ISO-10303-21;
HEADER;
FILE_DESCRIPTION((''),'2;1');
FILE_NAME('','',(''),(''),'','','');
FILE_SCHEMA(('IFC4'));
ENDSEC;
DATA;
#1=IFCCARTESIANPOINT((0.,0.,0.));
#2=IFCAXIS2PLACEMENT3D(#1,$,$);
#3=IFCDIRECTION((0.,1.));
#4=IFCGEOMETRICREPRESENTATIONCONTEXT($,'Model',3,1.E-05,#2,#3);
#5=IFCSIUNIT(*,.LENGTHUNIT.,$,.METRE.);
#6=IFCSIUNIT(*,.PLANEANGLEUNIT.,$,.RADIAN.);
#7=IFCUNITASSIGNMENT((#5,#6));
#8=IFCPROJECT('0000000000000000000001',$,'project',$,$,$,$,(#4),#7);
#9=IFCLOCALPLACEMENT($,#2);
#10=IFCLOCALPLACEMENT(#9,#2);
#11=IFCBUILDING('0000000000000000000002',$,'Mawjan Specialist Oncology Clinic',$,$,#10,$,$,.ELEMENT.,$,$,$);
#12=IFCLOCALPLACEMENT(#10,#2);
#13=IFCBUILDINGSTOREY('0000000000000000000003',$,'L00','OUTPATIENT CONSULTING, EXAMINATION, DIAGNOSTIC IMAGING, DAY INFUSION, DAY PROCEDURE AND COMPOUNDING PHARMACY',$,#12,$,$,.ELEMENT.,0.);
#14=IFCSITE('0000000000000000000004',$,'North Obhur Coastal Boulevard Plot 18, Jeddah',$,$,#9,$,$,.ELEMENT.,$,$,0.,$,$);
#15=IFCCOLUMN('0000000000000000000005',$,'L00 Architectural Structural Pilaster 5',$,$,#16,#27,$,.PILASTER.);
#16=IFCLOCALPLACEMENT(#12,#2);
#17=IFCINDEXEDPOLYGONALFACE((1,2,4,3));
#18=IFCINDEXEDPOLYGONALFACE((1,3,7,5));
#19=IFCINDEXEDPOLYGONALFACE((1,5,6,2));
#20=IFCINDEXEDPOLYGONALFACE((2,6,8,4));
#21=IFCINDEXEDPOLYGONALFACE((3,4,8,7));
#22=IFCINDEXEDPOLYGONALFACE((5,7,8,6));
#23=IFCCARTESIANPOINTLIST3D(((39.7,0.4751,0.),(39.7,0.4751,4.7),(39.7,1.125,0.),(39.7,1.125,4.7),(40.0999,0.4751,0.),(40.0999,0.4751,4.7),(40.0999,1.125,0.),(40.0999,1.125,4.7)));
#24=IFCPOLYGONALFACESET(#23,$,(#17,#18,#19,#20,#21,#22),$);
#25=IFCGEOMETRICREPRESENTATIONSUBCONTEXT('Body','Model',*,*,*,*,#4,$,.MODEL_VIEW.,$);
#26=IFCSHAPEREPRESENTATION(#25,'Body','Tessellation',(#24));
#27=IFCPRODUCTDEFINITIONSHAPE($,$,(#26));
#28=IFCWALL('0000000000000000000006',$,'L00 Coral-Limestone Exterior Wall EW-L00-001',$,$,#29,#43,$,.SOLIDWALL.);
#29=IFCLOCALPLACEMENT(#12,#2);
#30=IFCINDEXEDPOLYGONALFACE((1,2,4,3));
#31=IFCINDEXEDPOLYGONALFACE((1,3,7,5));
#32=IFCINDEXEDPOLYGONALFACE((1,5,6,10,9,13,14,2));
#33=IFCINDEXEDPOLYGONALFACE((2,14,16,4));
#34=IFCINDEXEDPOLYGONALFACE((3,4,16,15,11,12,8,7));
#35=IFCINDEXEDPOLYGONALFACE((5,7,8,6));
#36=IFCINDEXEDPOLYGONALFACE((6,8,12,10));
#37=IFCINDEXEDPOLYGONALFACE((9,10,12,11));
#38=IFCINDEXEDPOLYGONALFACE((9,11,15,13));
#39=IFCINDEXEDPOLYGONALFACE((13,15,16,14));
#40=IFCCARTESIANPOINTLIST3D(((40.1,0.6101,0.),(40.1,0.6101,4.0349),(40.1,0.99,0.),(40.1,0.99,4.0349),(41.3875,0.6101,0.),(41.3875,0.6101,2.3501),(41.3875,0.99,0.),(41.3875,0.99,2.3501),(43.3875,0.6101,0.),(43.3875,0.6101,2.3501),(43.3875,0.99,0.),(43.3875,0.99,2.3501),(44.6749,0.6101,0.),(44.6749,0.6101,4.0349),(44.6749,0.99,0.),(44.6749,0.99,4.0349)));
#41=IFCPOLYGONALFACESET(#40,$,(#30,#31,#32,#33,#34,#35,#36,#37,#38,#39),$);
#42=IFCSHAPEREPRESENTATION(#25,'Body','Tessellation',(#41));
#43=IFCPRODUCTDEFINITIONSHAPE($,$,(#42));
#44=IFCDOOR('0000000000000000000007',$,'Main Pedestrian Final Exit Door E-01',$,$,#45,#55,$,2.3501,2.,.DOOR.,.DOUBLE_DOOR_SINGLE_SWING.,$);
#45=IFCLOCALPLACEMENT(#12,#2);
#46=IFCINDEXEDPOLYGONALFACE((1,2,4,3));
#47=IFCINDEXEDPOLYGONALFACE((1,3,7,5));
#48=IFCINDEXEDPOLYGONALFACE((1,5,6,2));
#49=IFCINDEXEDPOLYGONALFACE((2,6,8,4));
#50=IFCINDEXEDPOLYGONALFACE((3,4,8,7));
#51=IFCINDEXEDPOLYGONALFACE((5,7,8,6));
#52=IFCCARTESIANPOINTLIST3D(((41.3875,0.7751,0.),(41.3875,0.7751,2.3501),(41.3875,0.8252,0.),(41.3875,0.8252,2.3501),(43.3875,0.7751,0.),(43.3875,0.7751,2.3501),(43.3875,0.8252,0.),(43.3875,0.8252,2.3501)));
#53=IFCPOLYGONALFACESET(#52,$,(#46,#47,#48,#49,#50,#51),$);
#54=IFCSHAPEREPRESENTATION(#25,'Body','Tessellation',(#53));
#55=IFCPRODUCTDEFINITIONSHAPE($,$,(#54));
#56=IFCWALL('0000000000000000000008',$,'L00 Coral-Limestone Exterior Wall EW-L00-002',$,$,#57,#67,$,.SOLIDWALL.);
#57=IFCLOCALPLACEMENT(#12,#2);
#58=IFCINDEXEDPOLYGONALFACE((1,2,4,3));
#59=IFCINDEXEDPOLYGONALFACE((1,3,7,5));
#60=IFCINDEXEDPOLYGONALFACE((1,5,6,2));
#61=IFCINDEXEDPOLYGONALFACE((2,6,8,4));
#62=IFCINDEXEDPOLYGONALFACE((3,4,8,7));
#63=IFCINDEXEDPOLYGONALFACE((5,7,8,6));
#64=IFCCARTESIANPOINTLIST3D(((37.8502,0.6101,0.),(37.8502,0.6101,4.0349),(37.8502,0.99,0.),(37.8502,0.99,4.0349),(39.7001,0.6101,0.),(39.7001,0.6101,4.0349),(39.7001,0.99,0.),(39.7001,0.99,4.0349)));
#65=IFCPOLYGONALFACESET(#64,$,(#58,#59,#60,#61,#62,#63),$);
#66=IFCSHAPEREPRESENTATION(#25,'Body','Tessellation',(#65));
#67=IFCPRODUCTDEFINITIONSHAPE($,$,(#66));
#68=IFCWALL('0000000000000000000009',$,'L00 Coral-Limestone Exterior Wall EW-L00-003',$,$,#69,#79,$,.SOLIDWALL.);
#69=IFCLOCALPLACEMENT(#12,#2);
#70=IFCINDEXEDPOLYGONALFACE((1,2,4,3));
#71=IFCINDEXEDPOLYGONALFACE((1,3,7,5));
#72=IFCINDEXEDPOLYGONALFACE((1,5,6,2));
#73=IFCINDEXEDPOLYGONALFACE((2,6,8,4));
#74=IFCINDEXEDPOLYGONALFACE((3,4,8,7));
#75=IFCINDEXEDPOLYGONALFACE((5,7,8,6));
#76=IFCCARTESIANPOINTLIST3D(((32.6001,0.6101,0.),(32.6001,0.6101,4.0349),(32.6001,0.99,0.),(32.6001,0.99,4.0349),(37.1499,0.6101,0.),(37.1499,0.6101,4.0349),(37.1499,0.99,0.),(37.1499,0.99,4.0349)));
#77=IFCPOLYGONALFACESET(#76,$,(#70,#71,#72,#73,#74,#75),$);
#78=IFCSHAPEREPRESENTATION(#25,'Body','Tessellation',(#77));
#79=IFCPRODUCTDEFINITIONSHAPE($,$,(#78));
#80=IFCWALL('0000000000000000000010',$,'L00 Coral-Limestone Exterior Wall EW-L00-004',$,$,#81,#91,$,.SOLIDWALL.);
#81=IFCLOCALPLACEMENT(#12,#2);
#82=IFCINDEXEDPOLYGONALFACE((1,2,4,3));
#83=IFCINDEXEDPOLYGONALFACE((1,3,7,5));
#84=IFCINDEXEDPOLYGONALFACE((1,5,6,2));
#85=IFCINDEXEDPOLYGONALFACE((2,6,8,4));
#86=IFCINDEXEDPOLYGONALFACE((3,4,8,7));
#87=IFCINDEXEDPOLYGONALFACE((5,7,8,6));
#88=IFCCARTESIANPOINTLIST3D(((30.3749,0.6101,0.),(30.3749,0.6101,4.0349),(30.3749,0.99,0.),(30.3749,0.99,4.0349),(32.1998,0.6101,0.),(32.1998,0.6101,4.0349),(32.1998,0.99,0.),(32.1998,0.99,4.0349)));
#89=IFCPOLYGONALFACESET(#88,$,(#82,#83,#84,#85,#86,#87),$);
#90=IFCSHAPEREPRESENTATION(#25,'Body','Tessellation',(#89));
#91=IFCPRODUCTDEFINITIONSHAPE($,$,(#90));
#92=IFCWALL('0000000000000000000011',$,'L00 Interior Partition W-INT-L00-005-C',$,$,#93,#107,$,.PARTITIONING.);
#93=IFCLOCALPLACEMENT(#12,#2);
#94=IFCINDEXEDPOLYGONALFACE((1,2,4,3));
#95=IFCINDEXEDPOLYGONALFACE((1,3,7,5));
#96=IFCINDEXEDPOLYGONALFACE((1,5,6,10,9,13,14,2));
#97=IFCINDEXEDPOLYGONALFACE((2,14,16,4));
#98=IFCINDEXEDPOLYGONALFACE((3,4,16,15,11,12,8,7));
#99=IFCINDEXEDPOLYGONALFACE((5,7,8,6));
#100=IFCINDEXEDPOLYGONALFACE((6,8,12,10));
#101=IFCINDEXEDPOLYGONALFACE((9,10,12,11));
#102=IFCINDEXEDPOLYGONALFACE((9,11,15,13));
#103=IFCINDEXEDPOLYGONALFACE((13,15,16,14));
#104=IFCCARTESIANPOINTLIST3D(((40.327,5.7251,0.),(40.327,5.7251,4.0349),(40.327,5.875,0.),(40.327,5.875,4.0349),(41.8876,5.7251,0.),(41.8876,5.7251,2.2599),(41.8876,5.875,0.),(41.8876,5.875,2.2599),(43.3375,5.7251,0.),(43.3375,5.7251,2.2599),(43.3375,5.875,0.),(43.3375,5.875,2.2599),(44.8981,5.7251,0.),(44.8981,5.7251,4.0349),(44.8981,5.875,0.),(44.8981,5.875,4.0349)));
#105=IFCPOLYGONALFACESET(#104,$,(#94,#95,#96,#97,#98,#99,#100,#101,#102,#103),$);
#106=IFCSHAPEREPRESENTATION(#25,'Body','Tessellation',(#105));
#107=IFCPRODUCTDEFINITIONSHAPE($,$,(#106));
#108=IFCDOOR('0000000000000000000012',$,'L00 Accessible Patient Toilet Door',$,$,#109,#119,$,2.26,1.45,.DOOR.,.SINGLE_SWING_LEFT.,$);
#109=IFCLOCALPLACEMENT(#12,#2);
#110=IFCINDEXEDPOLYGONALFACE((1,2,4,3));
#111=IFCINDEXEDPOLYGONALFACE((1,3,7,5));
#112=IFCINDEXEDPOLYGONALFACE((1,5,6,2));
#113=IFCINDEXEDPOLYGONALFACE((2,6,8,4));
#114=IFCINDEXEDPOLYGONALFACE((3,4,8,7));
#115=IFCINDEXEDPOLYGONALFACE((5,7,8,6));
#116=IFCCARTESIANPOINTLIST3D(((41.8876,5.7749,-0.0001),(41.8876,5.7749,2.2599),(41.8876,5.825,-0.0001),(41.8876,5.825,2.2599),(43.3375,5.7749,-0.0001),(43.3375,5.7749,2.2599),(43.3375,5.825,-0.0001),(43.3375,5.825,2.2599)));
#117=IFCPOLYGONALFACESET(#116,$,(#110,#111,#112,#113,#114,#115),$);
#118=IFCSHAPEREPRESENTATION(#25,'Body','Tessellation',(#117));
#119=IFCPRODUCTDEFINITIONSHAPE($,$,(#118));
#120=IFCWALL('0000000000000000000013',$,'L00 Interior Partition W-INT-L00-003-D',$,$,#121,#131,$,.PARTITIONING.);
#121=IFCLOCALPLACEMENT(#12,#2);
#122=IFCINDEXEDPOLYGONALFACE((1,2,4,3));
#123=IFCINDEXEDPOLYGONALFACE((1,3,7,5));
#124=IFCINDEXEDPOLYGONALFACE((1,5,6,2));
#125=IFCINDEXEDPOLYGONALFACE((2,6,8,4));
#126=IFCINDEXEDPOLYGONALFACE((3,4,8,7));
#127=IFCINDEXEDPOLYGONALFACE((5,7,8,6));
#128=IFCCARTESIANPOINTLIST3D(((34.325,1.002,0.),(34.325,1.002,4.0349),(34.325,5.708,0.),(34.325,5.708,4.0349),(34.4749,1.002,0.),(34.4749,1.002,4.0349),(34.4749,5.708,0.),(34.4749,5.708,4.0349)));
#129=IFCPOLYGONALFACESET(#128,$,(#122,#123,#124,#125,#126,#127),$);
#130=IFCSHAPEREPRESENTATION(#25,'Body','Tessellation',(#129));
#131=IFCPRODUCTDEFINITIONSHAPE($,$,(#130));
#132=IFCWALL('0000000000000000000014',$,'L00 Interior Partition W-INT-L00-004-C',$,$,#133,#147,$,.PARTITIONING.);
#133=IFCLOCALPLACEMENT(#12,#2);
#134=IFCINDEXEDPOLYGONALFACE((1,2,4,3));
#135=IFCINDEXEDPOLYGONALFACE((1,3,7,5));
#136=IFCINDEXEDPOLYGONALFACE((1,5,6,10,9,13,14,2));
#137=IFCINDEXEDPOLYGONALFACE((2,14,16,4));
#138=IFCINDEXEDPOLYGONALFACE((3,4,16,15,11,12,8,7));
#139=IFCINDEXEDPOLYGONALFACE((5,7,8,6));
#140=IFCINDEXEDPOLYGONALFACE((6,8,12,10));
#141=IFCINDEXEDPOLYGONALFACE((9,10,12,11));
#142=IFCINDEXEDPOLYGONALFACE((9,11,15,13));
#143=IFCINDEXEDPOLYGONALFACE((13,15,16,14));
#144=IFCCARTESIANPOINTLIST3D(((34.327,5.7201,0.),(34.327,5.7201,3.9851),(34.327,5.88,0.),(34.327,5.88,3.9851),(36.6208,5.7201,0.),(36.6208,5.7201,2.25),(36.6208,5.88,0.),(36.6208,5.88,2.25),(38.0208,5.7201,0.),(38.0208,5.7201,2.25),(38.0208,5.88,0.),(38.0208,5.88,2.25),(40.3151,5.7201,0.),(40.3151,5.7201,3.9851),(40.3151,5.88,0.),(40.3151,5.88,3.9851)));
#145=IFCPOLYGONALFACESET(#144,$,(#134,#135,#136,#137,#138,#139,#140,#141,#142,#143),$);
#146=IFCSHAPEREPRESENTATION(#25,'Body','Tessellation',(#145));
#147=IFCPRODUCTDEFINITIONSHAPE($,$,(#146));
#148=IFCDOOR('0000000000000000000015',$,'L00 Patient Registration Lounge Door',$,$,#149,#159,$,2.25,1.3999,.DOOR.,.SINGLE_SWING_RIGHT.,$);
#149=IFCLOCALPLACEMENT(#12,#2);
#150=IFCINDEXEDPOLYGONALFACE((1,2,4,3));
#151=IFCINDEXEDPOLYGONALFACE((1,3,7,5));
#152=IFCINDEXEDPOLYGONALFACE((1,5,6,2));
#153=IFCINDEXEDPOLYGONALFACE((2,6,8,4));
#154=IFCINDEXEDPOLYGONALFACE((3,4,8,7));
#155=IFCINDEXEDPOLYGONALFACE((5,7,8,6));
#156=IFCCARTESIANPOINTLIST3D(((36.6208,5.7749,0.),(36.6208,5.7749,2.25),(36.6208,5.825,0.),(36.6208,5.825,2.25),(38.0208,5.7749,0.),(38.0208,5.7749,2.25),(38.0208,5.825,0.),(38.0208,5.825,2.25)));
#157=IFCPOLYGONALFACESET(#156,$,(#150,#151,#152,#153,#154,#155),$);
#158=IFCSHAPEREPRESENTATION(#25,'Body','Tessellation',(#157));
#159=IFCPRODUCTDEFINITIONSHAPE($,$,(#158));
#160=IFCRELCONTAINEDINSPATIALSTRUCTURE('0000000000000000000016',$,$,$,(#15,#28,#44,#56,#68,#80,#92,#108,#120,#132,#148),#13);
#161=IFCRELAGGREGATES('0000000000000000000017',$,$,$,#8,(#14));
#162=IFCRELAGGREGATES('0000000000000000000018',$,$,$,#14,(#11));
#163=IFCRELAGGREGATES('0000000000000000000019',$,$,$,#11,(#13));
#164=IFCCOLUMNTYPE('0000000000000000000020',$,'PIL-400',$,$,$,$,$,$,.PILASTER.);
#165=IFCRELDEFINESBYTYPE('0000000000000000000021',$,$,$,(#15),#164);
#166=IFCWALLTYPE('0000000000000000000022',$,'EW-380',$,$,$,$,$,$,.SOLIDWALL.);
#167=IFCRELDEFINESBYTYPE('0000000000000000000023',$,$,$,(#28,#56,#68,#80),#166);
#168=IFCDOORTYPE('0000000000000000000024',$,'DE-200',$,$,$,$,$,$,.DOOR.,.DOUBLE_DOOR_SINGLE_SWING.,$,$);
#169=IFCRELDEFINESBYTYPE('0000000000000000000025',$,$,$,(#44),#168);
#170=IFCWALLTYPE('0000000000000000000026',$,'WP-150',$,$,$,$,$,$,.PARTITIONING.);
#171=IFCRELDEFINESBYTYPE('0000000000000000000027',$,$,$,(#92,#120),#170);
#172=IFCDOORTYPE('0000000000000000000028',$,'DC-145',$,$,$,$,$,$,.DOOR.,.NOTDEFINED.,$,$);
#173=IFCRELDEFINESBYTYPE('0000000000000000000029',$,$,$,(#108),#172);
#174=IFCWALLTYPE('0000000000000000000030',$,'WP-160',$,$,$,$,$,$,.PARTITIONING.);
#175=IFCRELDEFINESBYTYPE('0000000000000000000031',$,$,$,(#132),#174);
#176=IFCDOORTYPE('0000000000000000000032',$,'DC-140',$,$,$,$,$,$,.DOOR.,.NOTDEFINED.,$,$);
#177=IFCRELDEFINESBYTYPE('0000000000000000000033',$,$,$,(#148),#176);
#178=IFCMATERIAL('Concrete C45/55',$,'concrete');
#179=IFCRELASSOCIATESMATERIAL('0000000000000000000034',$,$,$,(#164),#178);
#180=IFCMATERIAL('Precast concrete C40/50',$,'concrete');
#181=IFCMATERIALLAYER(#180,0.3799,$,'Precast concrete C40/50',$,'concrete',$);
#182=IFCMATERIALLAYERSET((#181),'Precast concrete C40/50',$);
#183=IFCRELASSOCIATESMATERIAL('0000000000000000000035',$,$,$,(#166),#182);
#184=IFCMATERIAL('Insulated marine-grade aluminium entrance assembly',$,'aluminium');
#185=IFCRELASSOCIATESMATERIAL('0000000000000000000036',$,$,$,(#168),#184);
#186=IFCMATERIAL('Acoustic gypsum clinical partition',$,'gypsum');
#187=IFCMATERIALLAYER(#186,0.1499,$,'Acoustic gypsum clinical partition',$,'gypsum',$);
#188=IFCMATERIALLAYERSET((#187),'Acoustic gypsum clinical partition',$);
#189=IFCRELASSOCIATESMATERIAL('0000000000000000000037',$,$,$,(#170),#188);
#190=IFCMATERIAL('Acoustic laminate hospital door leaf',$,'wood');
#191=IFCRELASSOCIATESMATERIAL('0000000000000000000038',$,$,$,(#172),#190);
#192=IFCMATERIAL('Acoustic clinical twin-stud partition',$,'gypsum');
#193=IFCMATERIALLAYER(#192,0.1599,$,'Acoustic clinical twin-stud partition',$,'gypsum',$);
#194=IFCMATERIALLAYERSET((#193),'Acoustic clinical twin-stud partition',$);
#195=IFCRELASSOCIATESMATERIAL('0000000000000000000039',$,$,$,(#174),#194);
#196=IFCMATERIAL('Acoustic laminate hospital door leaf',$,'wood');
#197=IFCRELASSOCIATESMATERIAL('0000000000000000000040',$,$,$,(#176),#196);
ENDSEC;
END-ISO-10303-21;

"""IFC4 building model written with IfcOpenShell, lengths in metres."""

from ifc_helpers import new_model, si_unit, direction, frame, frame_2d, origin, origin_2d, place, context, subcontext, project, spatial, rectangle, extrude, material, layer, layer_set, material_profile, profile_set, type_object, element, fill, save


model = new_model("IFC4")

# Units and contexts
model_context = context("Model", 3, precision=1e-05, world=origin(), true_north=direction((0.0, 1.0)))
body_context = subcontext(model_context, "Body", "Model", "MODEL_VIEW")
ifc_project = project(units=[si_unit("LENGTHUNIT", "METRE"), si_unit("PLANEANGLEUNIT", "RADIAN")], contexts=[model_context])

# Site, building, storey
site_placement = place(None, origin())
site = spatial("IfcSite", under=ifc_project, at=site_placement, Name="North Obhur Coastal Boulevard Plot 18, Jeddah", CompositionType="ELEMENT", RefElevation=0.0)
building_placement = place(site_placement, origin())
building = spatial("IfcBuilding", under=site, at=building_placement, Name="Mawjan Specialist Oncology Clinic", CompositionType="ELEMENT")
storey_placement = place(building_placement, origin())
storey = spatial("IfcBuildingStorey", under=building, at=storey_placement, Name="L00", Description="OUTPATIENT CONSULTING, EXAMINATION, DIAGNOSTIC IMAGING, DAY INFUSION, DAY PROCEDURE AND COMPOUNDING PHARMACY", CompositionType="ELEMENT", Elevation=0.0)

# Column
ifc_material_1 = material(Name="Concrete C45/55", Category="concrete")
ifc_material_profile_1 = material_profile(ifc_material_1, rectangle(XDim=0.3999, YDim=0.6499, at=origin_2d()), Name="RC PIL 400x650", Category="concrete")
ifc_profile_set_1 = profile_set([ifc_material_profile_1], Name="Concrete C45/55")
column_type_1 = type_object("IfcColumnType", Name="PIL-400", PredefinedType="PILASTER", material=ifc_profile_set_1)
for number, where, z_axis, x_axis, name in (
    (1, (39.8999, 0.8, 0.0), (0.0, 0.0, 1.0), (1.0, 0.0, 0.0), "L00 Architectural Structural Pilaster 5"),
):
    element("IfcColumn", number, at=place(storey_placement, frame(where, z_axis=z_axis, x_axis=x_axis)), inside=storey, type_object=column_type_1, Name=name, PredefinedType="PILASTER", context=body_context, shape_type="SweptSolid", body=[
        extrude(rectangle(XDim=0.3999, YDim=0.6499, at=origin_2d()), origin(), (0.0, 0.0, 1.0), 4.7),
    ])

# Wall, opening, door
ifc_material_2 = material(Name="Precast concrete C40/50", Category="concrete")
ifc_layer_1 = layer(ifc_material_2, 0.3799, Name="Precast concrete C40/50", Category="concrete")
ifc_layer_set_1 = layer_set([ifc_layer_1], Name="Precast concrete C40/50")
wall_type_1 = type_object("IfcWallType", Name="EW-380", PredefinedType="SOLIDWALL", material=ifc_layer_set_1)
wall_1_placement = place(storey_placement, frame((44.675, 0.8, 0.0), z_axis=(0.0, 0.0, 1.0), x_axis=(-1.0, 0.0, 0.0)))
wall_1 = element("IfcWall", 2, at=wall_1_placement, inside=storey, type_object=wall_type_1, Name="L00 Coral-Limestone Exterior Wall EW-L00-001", PredefinedType="SOLIDWALL", context=body_context, shape_type="SweptSolid", body=[
    extrude(rectangle(XDim=4.575, YDim=0.3799, at=frame_2d((2.2876, 0.0))), origin(), (0.0, 0.0, 1.0), 4.0349),
])
opening_1_placement = place(wall_1_placement, frame((1.2876, 0.0, 0.0)))
opening_1 = element("IfcOpeningElement", 3, at=opening_1_placement, cuts=wall_1, PredefinedType="OPENING", context=body_context, shape_type="SweptSolid", body=[
    extrude(rectangle(XDim=2.0, YDim=2.3501, at=frame_2d((1.0, 1.175))), frame((0.0, 0.2019, 0.0), z_axis=(0.0, -1.0, 0.0), x_axis=(1.0, 0.0, 0.0)), (0.0, 0.0, 1.0), 0.4038),
])
ifc_material_3 = material(Name="Insulated marine-grade aluminium entrance assembly", Category="aluminium")
door_type_1 = type_object("IfcDoorType", Name="DE-200", OperationType="DOUBLE_DOOR_SINGLE_SWING", PredefinedType="DOOR", material=ifc_material_3)
door_1_placement = place(opening_1_placement, origin())
door_1 = element("IfcDoor", 4, at=door_1_placement, inside=storey, type_object=door_type_1, Name="Main Pedestrian Final Exit Door E-01", OperationType="DOUBLE_DOOR_SINGLE_SWING", OverallHeight=2.3501, OverallWidth=2.0, PredefinedType="DOOR", context=body_context, shape_type="SweptSolid", body=[
    extrude(rectangle(XDim=2.0, YDim=2.3501, at=frame_2d((1.0, 1.175))), frame((0.0, 0.0249, 0.0), z_axis=(0.0, -1.0, 0.0), x_axis=(1.0, 0.0, 0.0)), (0.0, 0.0, 1.0), 0.05),
])
fill(opening_1, door_1)

# Walls
wall_2_placement = place(storey_placement, frame((39.7, 0.8, 0.0), z_axis=(0.0, 0.0, 1.0), x_axis=(-1.0, 0.0, 0.0)))
element("IfcWall", 5, at=wall_2_placement, inside=storey, type_object=wall_type_1, Name="L00 Coral-Limestone Exterior Wall EW-L00-002", PredefinedType="SOLIDWALL", context=body_context, shape_type="SweptSolid", body=[
    extrude(rectangle(XDim=1.8499, YDim=0.3799, at=frame_2d((0.9248, 0.0))), origin(), (0.0, 0.0, 1.0), 4.0349),
])
wall_3_placement = place(storey_placement, frame((37.1499, 0.8, 0.0), z_axis=(0.0, 0.0, 1.0), x_axis=(-1.0, 0.0, 0.0)))
element("IfcWall", 6, at=wall_3_placement, inside=storey, type_object=wall_type_1, Name="L00 Coral-Limestone Exterior Wall EW-L00-003", PredefinedType="SOLIDWALL", context=body_context, shape_type="SweptSolid", body=[
    extrude(rectangle(XDim=4.5498, YDim=0.3799, at=frame_2d((2.2749, 0.0))), origin(), (0.0, 0.0, 1.0), 4.0349),
])
wall_4_placement = place(storey_placement, frame((32.2, 0.8, 0.0), z_axis=(0.0, 0.0, 1.0), x_axis=(-1.0, 0.0, 0.0)))
element("IfcWall", 7, at=wall_4_placement, inside=storey, type_object=wall_type_1, Name="L00 Coral-Limestone Exterior Wall EW-L00-004", PredefinedType="SOLIDWALL", context=body_context, shape_type="SweptSolid", body=[
    extrude(rectangle(XDim=1.825, YDim=0.3799, at=frame_2d((0.9126, 0.0))), origin(), (0.0, 0.0, 1.0), 4.0349),
])

# Wall, opening, door
ifc_material_4 = material(Name="Acoustic gypsum clinical partition", Category="gypsum")
ifc_layer_2 = layer(ifc_material_4, 0.1499, Name="Acoustic gypsum clinical partition", Category="gypsum")
ifc_layer_set_2 = layer_set([ifc_layer_2], Name="Acoustic gypsum clinical partition")
wall_type_2 = type_object("IfcWallType", Name="WP-150", PredefinedType="PARTITIONING", material=ifc_layer_set_2)
wall_5_placement = place(storey_placement, frame((40.3269, 5.8, 0.0), z_axis=(0.0, 0.0, 1.0), x_axis=(1.0, 0.0, 0.0)))
wall_5 = element("IfcWall", 8, at=wall_5_placement, inside=storey, type_object=wall_type_2, Name="L00 Interior Partition W-INT-L00-005-C", PredefinedType="PARTITIONING", context=body_context, shape_type="SweptSolid", body=[
    extrude(rectangle(XDim=4.571, YDim=0.1499, at=frame_2d((2.2856, 0.0))), origin(), (0.0, 0.0, 1.0), 4.0349),
])
opening_2_placement = place(wall_5_placement, frame((1.5605, 0.0, 0.0)))
opening_2 = element("IfcOpeningElement", 9, at=opening_2_placement, cuts=wall_5, PredefinedType="OPENING", context=body_context, shape_type="SweptSolid", body=[
    extrude(rectangle(XDim=1.45, YDim=2.26, at=frame_2d((0.7251, 1.1299))), frame((0.0, 0.0869, 0.0), z_axis=(0.0, -1.0, 0.0), x_axis=(1.0, 0.0, 0.0)), (0.0, 0.0, 1.0), 0.1738),
])
ifc_material_5 = material(Name="Acoustic laminate hospital door leaf", Category="wood")
door_type_2 = type_object("IfcDoorType", Name="DC-145", OperationType="NOTDEFINED", PredefinedType="DOOR", material=ifc_material_5)
door_2_placement = place(opening_2_placement, origin())
door_2 = element("IfcDoor", 10, at=door_2_placement, inside=storey, type_object=door_type_2, Name="L00 Accessible Patient Toilet Door", OperationType="SINGLE_SWING_LEFT", OverallHeight=2.26, OverallWidth=1.45, PredefinedType="DOOR", context=body_context, shape_type="SweptSolid", body=[
    extrude(rectangle(XDim=1.45, YDim=2.26, at=frame_2d((0.7251, 1.1299))), frame((0.0, 0.0249, 0.0), z_axis=(0.0, -1.0, 0.0), x_axis=(1.0, 0.0, 0.0)), (0.0, 0.0, 1.0), 0.05),
])
fill(opening_2, door_2)

# Wall
wall_6_placement = place(storey_placement, frame((34.3999, 1.002, 0.0), z_axis=(0.0, 0.0, 1.0), x_axis=(0.0, 1.0, 0.0)))
element("IfcWall", 11, at=wall_6_placement, inside=storey, type_object=wall_type_2, Name="L00 Interior Partition W-INT-L00-003-D", PredefinedType="PARTITIONING", context=body_context, shape_type="SweptSolid", body=[
    extrude(rectangle(XDim=4.7061, YDim=0.1499, at=frame_2d((2.353, 0.0))), origin(), (0.0, 0.0, 1.0), 4.0349),
])

# Wall, opening, door
ifc_material_6 = material(Name="Acoustic clinical twin-stud partition", Category="gypsum")
ifc_layer_3 = layer(ifc_material_6, 0.1599, Name="Acoustic clinical twin-stud partition", Category="gypsum")
ifc_layer_set_3 = layer_set([ifc_layer_3], Name="Acoustic clinical twin-stud partition")
wall_type_3 = type_object("IfcWallType", Name="WP-160", PredefinedType="PARTITIONING", material=ifc_layer_set_3)
wall_7_placement = place(storey_placement, frame((34.3269, 5.8, 0.0), z_axis=(0.0, 0.0, 1.0), x_axis=(1.0, 0.0, 0.0)))
wall_7 = element("IfcWall", 12, at=wall_7_placement, inside=storey, type_object=wall_type_3, Name="L00 Interior Partition W-INT-L00-004-C", PredefinedType="PARTITIONING", context=body_context, shape_type="SweptSolid", body=[
    extrude(rectangle(XDim=5.988, YDim=0.1599, at=frame_2d((2.9941, 0.0))), origin(), (0.0, 0.0, 1.0), 3.9851),
])
opening_3_placement = place(wall_7_placement, frame((2.2939, 0.0, 0.0)))
opening_3 = element("IfcOpeningElement", 13, at=opening_3_placement, cuts=wall_7, PredefinedType="OPENING", context=body_context, shape_type="SweptSolid", body=[
    extrude(rectangle(XDim=1.3999, YDim=2.25, at=frame_2d((0.7, 1.125))), frame((0.0, 0.092, 0.0), z_axis=(0.0, -1.0, 0.0), x_axis=(1.0, 0.0, 0.0)), (0.0, 0.0, 1.0), 0.1838),
])
ifc_material_7 = material(Name="Acoustic laminate hospital door leaf", Category="wood")
door_type_3 = type_object("IfcDoorType", Name="DC-140", OperationType="NOTDEFINED", PredefinedType="DOOR", material=ifc_material_7)
door_3_placement = place(opening_3_placement, origin())
door_3 = element("IfcDoor", 14, at=door_3_placement, inside=storey, type_object=door_type_3, Name="L00 Patient Registration Lounge Door", OperationType="SINGLE_SWING_RIGHT", OverallHeight=2.25, OverallWidth=1.3999, PredefinedType="DOOR", context=body_context, shape_type="SweptSolid", body=[
    extrude(rectangle(XDim=1.3999, YDim=2.25, at=frame_2d((0.7, 1.125))), frame((0.0, 0.0249, 0.0), z_axis=(0.0, -1.0, 0.0), x_axis=(1.0, 0.0, 0.0)), (0.0, 0.0, 1.0), 0.05),
])
fill(opening_3, door_3)

save(model, "model.ifc")
